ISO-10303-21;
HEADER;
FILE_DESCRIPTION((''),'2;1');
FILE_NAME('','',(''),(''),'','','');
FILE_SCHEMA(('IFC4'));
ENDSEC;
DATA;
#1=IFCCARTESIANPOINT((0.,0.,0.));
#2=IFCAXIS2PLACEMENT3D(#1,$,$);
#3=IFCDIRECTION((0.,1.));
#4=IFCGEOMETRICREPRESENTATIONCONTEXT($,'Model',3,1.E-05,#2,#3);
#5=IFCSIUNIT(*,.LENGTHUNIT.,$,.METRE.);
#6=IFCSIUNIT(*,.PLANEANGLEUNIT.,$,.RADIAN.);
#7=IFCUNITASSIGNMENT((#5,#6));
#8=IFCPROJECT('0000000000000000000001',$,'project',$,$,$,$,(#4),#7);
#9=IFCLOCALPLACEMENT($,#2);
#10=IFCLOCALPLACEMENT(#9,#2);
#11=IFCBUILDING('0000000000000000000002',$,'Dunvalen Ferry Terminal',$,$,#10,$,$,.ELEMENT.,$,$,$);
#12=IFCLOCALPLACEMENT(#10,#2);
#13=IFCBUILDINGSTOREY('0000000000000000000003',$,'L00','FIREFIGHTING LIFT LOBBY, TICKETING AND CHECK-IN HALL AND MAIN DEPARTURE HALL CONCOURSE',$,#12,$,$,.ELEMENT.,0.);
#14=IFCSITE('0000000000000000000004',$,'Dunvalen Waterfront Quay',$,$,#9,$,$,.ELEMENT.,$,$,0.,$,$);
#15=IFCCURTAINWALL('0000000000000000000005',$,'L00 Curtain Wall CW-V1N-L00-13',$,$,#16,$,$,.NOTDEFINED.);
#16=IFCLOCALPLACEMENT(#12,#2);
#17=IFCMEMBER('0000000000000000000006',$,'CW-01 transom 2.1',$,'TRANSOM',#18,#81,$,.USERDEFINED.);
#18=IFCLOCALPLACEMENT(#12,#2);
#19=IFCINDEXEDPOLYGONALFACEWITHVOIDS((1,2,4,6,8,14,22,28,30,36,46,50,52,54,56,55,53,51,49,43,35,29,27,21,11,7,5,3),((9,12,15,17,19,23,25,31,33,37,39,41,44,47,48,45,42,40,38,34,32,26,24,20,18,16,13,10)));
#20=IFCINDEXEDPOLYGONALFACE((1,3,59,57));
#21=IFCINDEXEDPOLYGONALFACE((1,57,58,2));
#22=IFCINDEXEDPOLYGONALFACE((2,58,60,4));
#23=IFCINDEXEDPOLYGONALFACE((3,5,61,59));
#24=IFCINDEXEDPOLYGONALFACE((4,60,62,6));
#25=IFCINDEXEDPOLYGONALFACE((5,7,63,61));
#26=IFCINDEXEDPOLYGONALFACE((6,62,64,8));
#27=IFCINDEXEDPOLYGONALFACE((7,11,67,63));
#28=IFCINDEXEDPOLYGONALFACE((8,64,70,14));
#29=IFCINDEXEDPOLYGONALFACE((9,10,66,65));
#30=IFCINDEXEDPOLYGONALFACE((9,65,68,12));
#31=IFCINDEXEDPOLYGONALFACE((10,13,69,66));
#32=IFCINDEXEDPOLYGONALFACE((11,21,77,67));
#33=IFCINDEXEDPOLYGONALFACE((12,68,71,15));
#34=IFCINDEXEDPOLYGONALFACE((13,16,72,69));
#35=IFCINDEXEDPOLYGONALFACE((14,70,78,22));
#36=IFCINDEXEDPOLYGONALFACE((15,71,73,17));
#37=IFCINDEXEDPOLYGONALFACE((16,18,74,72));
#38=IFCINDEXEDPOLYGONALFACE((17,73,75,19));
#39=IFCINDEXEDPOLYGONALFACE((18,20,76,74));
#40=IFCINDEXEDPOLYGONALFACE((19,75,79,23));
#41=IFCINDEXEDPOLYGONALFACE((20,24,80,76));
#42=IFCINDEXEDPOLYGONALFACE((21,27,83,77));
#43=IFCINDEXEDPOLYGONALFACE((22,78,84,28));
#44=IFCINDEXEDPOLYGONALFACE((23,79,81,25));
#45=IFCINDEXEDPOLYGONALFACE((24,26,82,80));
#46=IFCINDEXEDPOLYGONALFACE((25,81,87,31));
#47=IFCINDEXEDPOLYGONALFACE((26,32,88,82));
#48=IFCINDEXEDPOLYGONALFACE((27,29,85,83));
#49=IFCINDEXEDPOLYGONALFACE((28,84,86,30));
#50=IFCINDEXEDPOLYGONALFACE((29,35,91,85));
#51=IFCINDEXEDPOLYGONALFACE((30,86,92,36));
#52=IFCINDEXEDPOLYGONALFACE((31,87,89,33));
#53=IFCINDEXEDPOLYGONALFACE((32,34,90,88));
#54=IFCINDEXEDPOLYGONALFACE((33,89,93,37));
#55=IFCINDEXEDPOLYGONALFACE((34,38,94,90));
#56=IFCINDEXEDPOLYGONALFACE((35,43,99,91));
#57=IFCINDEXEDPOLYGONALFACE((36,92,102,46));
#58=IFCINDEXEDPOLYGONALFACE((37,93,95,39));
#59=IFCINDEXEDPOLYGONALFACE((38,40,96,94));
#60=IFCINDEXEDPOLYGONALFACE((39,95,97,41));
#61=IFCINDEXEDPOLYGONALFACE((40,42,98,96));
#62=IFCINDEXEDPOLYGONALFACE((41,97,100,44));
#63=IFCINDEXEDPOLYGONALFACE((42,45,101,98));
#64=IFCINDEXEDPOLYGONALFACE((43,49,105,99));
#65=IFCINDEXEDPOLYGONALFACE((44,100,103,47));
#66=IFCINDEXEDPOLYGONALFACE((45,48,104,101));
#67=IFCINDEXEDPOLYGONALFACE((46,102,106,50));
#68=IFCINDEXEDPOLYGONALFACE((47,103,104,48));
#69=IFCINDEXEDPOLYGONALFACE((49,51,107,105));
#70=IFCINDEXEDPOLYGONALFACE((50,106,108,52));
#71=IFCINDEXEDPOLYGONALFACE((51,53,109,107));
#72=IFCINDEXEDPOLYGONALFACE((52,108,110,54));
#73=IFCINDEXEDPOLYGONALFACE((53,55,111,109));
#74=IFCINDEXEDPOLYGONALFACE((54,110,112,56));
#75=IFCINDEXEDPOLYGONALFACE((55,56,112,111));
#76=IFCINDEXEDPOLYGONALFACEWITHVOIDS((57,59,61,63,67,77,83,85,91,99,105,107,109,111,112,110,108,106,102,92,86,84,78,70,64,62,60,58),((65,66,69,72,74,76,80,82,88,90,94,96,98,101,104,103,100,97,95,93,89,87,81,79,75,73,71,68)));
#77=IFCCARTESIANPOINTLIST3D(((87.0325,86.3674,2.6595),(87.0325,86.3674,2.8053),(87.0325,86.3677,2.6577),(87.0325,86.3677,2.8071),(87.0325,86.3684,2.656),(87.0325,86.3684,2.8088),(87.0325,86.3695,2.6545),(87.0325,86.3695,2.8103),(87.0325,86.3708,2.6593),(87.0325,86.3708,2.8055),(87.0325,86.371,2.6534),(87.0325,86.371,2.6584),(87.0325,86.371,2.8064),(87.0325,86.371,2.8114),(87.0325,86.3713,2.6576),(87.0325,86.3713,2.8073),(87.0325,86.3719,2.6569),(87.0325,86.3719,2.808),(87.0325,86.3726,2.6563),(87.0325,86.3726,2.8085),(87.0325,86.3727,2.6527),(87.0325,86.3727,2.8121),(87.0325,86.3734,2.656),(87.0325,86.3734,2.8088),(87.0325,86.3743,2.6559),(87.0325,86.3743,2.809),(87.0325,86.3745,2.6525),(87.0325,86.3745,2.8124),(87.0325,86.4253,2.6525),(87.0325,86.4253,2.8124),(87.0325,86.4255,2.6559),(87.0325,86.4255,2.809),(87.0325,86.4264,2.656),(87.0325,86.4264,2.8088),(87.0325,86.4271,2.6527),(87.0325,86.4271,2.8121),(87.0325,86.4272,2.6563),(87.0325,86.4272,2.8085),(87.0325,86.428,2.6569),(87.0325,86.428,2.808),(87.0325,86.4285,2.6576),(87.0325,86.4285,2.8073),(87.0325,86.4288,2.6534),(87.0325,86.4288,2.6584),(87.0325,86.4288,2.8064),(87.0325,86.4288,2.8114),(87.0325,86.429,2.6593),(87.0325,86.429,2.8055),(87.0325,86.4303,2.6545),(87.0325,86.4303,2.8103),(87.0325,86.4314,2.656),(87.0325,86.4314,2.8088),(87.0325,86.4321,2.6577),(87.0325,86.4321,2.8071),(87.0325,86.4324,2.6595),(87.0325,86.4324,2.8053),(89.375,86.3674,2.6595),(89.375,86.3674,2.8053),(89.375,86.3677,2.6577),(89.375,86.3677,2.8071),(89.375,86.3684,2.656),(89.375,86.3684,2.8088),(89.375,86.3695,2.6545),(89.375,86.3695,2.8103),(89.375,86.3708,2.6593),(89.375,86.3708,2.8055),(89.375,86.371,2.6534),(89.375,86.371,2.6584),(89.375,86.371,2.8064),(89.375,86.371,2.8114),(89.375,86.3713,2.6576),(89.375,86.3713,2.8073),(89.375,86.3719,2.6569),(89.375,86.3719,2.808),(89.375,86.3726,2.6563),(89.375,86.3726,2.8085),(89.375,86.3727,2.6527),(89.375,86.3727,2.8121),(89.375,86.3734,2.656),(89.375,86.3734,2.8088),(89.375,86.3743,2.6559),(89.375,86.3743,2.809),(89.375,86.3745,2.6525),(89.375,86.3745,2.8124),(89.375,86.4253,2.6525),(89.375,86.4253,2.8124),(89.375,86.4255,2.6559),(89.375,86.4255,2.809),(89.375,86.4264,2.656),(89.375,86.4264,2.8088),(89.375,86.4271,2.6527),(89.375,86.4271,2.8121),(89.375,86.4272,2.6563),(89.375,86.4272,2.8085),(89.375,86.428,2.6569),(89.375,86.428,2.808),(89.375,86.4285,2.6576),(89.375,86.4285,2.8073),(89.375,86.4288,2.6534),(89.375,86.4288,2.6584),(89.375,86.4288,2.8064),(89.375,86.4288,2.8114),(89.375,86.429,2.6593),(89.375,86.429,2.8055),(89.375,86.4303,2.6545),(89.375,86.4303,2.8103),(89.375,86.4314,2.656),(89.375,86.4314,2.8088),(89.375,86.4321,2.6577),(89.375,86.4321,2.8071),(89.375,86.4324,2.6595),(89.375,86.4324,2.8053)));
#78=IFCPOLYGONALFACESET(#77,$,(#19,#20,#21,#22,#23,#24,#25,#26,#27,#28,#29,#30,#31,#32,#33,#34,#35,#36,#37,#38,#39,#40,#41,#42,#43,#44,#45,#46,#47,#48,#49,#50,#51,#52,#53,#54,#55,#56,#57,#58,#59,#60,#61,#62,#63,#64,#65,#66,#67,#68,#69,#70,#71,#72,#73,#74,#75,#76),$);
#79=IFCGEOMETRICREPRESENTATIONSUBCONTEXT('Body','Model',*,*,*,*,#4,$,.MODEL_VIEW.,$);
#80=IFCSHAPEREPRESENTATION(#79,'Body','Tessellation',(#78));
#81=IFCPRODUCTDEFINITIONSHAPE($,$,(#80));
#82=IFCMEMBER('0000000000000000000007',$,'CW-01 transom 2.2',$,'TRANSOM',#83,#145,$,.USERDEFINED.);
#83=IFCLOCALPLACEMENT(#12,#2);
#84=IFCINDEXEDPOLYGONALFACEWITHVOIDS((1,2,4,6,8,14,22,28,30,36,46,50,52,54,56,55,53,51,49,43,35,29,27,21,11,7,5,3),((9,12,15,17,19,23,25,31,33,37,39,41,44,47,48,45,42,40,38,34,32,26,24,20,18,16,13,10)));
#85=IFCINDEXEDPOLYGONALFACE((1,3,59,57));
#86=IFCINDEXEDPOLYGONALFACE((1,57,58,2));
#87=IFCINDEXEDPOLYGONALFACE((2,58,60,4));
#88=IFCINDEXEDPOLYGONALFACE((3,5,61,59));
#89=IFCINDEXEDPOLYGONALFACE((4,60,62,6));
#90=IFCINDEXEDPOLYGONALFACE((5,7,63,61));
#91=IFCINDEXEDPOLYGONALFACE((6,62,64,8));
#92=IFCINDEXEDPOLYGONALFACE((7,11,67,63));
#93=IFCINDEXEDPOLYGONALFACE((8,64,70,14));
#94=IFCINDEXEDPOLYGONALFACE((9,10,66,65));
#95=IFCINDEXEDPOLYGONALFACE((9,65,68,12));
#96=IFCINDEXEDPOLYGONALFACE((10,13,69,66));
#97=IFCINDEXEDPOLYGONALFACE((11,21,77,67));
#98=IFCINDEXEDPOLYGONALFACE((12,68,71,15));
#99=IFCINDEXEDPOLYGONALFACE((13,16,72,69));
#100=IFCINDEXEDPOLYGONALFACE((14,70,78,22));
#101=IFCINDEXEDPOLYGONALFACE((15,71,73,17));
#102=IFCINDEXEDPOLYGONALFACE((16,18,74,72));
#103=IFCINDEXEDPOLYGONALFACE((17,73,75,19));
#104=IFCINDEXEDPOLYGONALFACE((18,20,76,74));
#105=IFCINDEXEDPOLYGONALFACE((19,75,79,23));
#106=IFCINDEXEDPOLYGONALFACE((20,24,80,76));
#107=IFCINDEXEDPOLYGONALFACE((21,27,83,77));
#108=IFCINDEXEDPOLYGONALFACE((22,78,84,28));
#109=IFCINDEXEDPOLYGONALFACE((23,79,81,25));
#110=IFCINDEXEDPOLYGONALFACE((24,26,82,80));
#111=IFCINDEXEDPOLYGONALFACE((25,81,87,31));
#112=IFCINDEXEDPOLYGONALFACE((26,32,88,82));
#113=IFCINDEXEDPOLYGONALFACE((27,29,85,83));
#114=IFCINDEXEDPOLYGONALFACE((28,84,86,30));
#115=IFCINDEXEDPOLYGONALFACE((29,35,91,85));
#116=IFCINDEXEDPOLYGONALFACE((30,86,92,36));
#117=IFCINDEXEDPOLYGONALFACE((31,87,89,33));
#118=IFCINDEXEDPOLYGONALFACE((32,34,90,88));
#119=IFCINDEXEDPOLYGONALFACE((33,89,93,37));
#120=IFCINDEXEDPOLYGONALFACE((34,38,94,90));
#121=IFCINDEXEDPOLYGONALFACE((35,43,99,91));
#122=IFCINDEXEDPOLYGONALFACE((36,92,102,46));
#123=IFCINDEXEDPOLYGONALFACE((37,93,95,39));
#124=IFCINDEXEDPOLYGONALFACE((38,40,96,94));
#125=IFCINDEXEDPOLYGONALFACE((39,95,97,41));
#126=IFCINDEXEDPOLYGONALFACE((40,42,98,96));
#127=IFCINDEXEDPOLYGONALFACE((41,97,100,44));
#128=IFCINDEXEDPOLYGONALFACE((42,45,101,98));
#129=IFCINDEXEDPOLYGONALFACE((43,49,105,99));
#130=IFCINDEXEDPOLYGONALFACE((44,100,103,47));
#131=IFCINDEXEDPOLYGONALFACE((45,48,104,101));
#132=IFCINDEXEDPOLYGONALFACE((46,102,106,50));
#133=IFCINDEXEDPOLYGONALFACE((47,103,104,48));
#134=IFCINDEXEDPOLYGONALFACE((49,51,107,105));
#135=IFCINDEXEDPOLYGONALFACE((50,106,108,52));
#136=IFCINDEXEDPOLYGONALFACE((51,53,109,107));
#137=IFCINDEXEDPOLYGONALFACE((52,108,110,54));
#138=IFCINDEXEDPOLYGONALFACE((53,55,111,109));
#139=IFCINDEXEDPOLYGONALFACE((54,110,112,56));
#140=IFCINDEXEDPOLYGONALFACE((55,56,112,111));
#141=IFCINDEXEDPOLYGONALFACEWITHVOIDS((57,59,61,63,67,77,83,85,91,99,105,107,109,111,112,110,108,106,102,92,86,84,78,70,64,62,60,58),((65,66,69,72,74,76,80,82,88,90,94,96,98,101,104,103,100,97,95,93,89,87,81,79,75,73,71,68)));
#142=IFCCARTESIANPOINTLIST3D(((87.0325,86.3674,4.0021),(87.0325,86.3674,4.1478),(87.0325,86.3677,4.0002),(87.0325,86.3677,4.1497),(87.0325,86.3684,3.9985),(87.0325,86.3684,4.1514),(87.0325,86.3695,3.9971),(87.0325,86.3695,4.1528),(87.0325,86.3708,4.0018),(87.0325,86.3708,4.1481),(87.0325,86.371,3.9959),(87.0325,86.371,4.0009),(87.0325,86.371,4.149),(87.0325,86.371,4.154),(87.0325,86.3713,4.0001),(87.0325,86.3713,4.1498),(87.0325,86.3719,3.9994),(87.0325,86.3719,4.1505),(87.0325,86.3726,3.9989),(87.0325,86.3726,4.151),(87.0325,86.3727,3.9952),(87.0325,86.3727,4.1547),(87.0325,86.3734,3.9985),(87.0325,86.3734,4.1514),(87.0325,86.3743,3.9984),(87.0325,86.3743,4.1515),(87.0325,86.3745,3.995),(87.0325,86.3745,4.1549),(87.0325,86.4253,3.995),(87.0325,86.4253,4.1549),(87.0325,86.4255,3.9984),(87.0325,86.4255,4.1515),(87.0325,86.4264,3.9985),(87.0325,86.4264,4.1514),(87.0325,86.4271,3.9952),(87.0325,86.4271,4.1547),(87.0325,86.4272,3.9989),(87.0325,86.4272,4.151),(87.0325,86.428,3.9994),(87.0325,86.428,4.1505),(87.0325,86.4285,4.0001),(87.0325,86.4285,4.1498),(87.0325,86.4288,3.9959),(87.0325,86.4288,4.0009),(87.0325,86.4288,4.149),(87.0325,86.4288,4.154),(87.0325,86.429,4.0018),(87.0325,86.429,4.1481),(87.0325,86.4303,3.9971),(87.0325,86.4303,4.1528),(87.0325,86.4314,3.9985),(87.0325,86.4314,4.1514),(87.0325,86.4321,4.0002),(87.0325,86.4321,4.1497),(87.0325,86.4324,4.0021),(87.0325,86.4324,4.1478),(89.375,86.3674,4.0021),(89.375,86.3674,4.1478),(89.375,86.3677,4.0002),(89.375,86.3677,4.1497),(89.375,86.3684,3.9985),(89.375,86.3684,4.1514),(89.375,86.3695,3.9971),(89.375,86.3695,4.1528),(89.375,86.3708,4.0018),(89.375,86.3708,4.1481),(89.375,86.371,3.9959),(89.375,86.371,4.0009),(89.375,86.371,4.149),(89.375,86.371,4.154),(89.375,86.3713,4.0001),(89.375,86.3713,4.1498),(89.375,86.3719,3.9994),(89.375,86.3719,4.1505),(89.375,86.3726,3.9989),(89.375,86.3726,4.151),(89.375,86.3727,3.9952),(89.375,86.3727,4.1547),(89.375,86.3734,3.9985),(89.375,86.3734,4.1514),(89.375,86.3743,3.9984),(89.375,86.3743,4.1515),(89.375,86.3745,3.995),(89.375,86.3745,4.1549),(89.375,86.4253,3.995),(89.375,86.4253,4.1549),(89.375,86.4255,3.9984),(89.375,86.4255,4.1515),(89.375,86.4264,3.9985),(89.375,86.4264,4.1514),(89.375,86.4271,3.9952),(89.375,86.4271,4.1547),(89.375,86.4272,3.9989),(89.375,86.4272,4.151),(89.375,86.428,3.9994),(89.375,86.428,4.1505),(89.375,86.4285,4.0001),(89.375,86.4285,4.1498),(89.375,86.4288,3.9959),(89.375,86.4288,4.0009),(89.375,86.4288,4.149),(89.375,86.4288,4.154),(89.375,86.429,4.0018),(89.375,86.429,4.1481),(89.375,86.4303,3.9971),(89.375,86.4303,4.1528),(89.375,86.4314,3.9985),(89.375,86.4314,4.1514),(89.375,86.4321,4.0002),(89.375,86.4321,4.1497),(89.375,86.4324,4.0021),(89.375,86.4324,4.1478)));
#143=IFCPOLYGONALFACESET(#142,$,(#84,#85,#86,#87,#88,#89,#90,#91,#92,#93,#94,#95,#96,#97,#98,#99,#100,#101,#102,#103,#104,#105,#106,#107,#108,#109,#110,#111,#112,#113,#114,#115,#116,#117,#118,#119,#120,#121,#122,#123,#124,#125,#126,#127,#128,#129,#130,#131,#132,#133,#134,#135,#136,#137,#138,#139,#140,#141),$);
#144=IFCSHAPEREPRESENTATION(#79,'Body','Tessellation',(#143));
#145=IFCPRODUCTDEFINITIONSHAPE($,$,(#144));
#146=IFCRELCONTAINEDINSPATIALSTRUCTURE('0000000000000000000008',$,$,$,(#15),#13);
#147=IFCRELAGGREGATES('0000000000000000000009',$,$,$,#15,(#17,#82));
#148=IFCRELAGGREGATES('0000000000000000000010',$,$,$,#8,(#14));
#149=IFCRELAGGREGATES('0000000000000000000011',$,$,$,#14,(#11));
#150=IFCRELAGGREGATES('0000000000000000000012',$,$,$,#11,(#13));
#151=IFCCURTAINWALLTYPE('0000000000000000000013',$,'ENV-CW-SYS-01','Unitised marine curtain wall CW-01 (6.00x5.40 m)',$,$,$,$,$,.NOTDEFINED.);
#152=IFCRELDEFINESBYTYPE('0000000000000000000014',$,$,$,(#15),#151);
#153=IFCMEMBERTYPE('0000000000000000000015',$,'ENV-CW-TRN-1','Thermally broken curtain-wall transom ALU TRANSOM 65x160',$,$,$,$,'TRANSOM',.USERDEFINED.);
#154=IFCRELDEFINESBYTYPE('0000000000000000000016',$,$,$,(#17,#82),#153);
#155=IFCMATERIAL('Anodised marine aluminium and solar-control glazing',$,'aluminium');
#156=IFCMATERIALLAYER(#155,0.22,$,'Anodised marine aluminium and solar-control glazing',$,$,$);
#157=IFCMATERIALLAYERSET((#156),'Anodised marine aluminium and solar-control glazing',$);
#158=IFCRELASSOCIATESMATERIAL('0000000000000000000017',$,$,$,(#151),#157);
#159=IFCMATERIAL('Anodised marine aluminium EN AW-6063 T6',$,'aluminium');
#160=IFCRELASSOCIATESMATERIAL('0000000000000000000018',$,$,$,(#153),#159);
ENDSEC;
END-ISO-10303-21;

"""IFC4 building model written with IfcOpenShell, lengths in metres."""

from ifc_helpers import new_model, si_unit, direction, frame, origin, origin_2d, place, context, subcontext, project, spatial, hollow_rectangle, extrude, material, layer, layer_set, material_profile, profile_set, type_object, element, aggregate, save


model = new_model("IFC4")

# Units and contexts
model_context = context("Model", 3, precision=1e-05, world=origin(), true_north=direction((0.0, 1.0)))
body_context = subcontext(model_context, "Body", "Model", "MODEL_VIEW")
ifc_project = project(units=[si_unit("LENGTHUNIT", "METRE"), si_unit("PLANEANGLEUNIT", "RADIAN")], contexts=[model_context])

# Site, building, storey
site_placement = place(None, origin())
site = spatial("IfcSite", under=ifc_project, at=site_placement, Name="Dunvalen Waterfront Quay", CompositionType="ELEMENT", RefElevation=0.0)
building_placement = place(site_placement, origin())
building = spatial("IfcBuilding", under=site, at=building_placement, Name="Dunvalen Ferry Terminal", CompositionType="ELEMENT")
storey_placement = place(building_placement, origin())
storey = spatial("IfcBuildingStorey", under=building, at=storey_placement, Name="L00", Description="FIREFIGHTING LIFT LOBBY, TICKETING AND CHECK-IN HALL AND MAIN DEPARTURE HALL CONCOURSE", CompositionType="ELEMENT", Elevation=0.0)

# Shared definitions
ifc_material_1 = material(Name="Anodised marine aluminium and solar-control glazing", Category="aluminium")
ifc_layer_1 = layer(ifc_material_1, 0.22, Name="Anodised marine aluminium and solar-control glazing")
ifc_layer_set_1 = layer_set([ifc_layer_1], Name="Anodised marine aluminium and solar-control glazing")
curtain_wall_type = type_object("IfcCurtainWallType", Name="ENV-CW-SYS-01", Description="Unitised marine curtain wall CW-01 (6.00x5.40 m)", PredefinedType="NOTDEFINED", material=ifc_layer_set_1)
ifc_material_2 = material(Name="Anodised marine aluminium EN AW-6063 T6", Category="aluminium")

# Curtain wall
curtain_wall_1_placement = place(storey_placement, origin())
curtain_wall_1 = element("IfcCurtainWall", 1, at=curtain_wall_1_placement, inside=storey, type_object=curtain_wall_type, Name="L00 Curtain Wall CW-V1N-L00-13", PredefinedType="NOTDEFINED")

# Members
ifc_material_profile_1 = material_profile(ifc_material_2, hollow_rectangle(XDim=0.0649, YDim=0.1599, WallThickness=0.0034, InnerFilletRadius=0.0034, OuterFilletRadius=0.0071, at=origin_2d()), Name="Anodised marine aluminium EN AW-6063 T6")
ifc_profile_set_1 = profile_set([ifc_material_profile_1], Name="Anodised marine aluminium EN AW-6063 T6")
member_type_1 = type_object("IfcMemberType", Name="ENV-CW-TRN-1", Description="Thermally broken curtain-wall transom ALU TRANSOM 65x160", ElementType="TRANSOM", PredefinedType="USERDEFINED", material=ifc_profile_set_1)
member_1_placement = place(storey_placement, frame((87.0325, 86.3999, 2.7324), z_axis=(1.0, 0.0, 0.0), x_axis=(0.0, 1.0, 0.0)))
member_1 = element("IfcMember", 2, at=member_1_placement, type_object=member_type_1, Name="CW-01 transom 2.1", ObjectType="TRANSOM", PredefinedType="USERDEFINED", context=body_context, shape_type="SweptSolid", body=[
    extrude(hollow_rectangle(XDim=0.0649, YDim=0.1599, WallThickness=0.0034, InnerFilletRadius=0.0034, OuterFilletRadius=0.0071, at=origin_2d()), origin(), (0.0, 0.0, 1.0), 2.3425),
])
member_2_placement = place(storey_placement, frame((87.0325, 86.3999, 4.075), z_axis=(1.0, 0.0, 0.0), x_axis=(0.0, 1.0, 0.0)))
member_2 = element("IfcMember", 3, at=member_2_placement, type_object=member_type_1, Name="CW-01 transom 2.2", ObjectType="TRANSOM", PredefinedType="USERDEFINED", context=body_context, shape_type="SweptSolid", body=[
    extrude(hollow_rectangle(XDim=0.0649, YDim=0.1599, WallThickness=0.0034, InnerFilletRadius=0.0034, OuterFilletRadius=0.0071, at=origin_2d()), origin(), (0.0, 0.0, 1.0), 2.3425),
])

aggregate(curtain_wall_1, [member_1, member_2])

save(model, "model.ifc")
